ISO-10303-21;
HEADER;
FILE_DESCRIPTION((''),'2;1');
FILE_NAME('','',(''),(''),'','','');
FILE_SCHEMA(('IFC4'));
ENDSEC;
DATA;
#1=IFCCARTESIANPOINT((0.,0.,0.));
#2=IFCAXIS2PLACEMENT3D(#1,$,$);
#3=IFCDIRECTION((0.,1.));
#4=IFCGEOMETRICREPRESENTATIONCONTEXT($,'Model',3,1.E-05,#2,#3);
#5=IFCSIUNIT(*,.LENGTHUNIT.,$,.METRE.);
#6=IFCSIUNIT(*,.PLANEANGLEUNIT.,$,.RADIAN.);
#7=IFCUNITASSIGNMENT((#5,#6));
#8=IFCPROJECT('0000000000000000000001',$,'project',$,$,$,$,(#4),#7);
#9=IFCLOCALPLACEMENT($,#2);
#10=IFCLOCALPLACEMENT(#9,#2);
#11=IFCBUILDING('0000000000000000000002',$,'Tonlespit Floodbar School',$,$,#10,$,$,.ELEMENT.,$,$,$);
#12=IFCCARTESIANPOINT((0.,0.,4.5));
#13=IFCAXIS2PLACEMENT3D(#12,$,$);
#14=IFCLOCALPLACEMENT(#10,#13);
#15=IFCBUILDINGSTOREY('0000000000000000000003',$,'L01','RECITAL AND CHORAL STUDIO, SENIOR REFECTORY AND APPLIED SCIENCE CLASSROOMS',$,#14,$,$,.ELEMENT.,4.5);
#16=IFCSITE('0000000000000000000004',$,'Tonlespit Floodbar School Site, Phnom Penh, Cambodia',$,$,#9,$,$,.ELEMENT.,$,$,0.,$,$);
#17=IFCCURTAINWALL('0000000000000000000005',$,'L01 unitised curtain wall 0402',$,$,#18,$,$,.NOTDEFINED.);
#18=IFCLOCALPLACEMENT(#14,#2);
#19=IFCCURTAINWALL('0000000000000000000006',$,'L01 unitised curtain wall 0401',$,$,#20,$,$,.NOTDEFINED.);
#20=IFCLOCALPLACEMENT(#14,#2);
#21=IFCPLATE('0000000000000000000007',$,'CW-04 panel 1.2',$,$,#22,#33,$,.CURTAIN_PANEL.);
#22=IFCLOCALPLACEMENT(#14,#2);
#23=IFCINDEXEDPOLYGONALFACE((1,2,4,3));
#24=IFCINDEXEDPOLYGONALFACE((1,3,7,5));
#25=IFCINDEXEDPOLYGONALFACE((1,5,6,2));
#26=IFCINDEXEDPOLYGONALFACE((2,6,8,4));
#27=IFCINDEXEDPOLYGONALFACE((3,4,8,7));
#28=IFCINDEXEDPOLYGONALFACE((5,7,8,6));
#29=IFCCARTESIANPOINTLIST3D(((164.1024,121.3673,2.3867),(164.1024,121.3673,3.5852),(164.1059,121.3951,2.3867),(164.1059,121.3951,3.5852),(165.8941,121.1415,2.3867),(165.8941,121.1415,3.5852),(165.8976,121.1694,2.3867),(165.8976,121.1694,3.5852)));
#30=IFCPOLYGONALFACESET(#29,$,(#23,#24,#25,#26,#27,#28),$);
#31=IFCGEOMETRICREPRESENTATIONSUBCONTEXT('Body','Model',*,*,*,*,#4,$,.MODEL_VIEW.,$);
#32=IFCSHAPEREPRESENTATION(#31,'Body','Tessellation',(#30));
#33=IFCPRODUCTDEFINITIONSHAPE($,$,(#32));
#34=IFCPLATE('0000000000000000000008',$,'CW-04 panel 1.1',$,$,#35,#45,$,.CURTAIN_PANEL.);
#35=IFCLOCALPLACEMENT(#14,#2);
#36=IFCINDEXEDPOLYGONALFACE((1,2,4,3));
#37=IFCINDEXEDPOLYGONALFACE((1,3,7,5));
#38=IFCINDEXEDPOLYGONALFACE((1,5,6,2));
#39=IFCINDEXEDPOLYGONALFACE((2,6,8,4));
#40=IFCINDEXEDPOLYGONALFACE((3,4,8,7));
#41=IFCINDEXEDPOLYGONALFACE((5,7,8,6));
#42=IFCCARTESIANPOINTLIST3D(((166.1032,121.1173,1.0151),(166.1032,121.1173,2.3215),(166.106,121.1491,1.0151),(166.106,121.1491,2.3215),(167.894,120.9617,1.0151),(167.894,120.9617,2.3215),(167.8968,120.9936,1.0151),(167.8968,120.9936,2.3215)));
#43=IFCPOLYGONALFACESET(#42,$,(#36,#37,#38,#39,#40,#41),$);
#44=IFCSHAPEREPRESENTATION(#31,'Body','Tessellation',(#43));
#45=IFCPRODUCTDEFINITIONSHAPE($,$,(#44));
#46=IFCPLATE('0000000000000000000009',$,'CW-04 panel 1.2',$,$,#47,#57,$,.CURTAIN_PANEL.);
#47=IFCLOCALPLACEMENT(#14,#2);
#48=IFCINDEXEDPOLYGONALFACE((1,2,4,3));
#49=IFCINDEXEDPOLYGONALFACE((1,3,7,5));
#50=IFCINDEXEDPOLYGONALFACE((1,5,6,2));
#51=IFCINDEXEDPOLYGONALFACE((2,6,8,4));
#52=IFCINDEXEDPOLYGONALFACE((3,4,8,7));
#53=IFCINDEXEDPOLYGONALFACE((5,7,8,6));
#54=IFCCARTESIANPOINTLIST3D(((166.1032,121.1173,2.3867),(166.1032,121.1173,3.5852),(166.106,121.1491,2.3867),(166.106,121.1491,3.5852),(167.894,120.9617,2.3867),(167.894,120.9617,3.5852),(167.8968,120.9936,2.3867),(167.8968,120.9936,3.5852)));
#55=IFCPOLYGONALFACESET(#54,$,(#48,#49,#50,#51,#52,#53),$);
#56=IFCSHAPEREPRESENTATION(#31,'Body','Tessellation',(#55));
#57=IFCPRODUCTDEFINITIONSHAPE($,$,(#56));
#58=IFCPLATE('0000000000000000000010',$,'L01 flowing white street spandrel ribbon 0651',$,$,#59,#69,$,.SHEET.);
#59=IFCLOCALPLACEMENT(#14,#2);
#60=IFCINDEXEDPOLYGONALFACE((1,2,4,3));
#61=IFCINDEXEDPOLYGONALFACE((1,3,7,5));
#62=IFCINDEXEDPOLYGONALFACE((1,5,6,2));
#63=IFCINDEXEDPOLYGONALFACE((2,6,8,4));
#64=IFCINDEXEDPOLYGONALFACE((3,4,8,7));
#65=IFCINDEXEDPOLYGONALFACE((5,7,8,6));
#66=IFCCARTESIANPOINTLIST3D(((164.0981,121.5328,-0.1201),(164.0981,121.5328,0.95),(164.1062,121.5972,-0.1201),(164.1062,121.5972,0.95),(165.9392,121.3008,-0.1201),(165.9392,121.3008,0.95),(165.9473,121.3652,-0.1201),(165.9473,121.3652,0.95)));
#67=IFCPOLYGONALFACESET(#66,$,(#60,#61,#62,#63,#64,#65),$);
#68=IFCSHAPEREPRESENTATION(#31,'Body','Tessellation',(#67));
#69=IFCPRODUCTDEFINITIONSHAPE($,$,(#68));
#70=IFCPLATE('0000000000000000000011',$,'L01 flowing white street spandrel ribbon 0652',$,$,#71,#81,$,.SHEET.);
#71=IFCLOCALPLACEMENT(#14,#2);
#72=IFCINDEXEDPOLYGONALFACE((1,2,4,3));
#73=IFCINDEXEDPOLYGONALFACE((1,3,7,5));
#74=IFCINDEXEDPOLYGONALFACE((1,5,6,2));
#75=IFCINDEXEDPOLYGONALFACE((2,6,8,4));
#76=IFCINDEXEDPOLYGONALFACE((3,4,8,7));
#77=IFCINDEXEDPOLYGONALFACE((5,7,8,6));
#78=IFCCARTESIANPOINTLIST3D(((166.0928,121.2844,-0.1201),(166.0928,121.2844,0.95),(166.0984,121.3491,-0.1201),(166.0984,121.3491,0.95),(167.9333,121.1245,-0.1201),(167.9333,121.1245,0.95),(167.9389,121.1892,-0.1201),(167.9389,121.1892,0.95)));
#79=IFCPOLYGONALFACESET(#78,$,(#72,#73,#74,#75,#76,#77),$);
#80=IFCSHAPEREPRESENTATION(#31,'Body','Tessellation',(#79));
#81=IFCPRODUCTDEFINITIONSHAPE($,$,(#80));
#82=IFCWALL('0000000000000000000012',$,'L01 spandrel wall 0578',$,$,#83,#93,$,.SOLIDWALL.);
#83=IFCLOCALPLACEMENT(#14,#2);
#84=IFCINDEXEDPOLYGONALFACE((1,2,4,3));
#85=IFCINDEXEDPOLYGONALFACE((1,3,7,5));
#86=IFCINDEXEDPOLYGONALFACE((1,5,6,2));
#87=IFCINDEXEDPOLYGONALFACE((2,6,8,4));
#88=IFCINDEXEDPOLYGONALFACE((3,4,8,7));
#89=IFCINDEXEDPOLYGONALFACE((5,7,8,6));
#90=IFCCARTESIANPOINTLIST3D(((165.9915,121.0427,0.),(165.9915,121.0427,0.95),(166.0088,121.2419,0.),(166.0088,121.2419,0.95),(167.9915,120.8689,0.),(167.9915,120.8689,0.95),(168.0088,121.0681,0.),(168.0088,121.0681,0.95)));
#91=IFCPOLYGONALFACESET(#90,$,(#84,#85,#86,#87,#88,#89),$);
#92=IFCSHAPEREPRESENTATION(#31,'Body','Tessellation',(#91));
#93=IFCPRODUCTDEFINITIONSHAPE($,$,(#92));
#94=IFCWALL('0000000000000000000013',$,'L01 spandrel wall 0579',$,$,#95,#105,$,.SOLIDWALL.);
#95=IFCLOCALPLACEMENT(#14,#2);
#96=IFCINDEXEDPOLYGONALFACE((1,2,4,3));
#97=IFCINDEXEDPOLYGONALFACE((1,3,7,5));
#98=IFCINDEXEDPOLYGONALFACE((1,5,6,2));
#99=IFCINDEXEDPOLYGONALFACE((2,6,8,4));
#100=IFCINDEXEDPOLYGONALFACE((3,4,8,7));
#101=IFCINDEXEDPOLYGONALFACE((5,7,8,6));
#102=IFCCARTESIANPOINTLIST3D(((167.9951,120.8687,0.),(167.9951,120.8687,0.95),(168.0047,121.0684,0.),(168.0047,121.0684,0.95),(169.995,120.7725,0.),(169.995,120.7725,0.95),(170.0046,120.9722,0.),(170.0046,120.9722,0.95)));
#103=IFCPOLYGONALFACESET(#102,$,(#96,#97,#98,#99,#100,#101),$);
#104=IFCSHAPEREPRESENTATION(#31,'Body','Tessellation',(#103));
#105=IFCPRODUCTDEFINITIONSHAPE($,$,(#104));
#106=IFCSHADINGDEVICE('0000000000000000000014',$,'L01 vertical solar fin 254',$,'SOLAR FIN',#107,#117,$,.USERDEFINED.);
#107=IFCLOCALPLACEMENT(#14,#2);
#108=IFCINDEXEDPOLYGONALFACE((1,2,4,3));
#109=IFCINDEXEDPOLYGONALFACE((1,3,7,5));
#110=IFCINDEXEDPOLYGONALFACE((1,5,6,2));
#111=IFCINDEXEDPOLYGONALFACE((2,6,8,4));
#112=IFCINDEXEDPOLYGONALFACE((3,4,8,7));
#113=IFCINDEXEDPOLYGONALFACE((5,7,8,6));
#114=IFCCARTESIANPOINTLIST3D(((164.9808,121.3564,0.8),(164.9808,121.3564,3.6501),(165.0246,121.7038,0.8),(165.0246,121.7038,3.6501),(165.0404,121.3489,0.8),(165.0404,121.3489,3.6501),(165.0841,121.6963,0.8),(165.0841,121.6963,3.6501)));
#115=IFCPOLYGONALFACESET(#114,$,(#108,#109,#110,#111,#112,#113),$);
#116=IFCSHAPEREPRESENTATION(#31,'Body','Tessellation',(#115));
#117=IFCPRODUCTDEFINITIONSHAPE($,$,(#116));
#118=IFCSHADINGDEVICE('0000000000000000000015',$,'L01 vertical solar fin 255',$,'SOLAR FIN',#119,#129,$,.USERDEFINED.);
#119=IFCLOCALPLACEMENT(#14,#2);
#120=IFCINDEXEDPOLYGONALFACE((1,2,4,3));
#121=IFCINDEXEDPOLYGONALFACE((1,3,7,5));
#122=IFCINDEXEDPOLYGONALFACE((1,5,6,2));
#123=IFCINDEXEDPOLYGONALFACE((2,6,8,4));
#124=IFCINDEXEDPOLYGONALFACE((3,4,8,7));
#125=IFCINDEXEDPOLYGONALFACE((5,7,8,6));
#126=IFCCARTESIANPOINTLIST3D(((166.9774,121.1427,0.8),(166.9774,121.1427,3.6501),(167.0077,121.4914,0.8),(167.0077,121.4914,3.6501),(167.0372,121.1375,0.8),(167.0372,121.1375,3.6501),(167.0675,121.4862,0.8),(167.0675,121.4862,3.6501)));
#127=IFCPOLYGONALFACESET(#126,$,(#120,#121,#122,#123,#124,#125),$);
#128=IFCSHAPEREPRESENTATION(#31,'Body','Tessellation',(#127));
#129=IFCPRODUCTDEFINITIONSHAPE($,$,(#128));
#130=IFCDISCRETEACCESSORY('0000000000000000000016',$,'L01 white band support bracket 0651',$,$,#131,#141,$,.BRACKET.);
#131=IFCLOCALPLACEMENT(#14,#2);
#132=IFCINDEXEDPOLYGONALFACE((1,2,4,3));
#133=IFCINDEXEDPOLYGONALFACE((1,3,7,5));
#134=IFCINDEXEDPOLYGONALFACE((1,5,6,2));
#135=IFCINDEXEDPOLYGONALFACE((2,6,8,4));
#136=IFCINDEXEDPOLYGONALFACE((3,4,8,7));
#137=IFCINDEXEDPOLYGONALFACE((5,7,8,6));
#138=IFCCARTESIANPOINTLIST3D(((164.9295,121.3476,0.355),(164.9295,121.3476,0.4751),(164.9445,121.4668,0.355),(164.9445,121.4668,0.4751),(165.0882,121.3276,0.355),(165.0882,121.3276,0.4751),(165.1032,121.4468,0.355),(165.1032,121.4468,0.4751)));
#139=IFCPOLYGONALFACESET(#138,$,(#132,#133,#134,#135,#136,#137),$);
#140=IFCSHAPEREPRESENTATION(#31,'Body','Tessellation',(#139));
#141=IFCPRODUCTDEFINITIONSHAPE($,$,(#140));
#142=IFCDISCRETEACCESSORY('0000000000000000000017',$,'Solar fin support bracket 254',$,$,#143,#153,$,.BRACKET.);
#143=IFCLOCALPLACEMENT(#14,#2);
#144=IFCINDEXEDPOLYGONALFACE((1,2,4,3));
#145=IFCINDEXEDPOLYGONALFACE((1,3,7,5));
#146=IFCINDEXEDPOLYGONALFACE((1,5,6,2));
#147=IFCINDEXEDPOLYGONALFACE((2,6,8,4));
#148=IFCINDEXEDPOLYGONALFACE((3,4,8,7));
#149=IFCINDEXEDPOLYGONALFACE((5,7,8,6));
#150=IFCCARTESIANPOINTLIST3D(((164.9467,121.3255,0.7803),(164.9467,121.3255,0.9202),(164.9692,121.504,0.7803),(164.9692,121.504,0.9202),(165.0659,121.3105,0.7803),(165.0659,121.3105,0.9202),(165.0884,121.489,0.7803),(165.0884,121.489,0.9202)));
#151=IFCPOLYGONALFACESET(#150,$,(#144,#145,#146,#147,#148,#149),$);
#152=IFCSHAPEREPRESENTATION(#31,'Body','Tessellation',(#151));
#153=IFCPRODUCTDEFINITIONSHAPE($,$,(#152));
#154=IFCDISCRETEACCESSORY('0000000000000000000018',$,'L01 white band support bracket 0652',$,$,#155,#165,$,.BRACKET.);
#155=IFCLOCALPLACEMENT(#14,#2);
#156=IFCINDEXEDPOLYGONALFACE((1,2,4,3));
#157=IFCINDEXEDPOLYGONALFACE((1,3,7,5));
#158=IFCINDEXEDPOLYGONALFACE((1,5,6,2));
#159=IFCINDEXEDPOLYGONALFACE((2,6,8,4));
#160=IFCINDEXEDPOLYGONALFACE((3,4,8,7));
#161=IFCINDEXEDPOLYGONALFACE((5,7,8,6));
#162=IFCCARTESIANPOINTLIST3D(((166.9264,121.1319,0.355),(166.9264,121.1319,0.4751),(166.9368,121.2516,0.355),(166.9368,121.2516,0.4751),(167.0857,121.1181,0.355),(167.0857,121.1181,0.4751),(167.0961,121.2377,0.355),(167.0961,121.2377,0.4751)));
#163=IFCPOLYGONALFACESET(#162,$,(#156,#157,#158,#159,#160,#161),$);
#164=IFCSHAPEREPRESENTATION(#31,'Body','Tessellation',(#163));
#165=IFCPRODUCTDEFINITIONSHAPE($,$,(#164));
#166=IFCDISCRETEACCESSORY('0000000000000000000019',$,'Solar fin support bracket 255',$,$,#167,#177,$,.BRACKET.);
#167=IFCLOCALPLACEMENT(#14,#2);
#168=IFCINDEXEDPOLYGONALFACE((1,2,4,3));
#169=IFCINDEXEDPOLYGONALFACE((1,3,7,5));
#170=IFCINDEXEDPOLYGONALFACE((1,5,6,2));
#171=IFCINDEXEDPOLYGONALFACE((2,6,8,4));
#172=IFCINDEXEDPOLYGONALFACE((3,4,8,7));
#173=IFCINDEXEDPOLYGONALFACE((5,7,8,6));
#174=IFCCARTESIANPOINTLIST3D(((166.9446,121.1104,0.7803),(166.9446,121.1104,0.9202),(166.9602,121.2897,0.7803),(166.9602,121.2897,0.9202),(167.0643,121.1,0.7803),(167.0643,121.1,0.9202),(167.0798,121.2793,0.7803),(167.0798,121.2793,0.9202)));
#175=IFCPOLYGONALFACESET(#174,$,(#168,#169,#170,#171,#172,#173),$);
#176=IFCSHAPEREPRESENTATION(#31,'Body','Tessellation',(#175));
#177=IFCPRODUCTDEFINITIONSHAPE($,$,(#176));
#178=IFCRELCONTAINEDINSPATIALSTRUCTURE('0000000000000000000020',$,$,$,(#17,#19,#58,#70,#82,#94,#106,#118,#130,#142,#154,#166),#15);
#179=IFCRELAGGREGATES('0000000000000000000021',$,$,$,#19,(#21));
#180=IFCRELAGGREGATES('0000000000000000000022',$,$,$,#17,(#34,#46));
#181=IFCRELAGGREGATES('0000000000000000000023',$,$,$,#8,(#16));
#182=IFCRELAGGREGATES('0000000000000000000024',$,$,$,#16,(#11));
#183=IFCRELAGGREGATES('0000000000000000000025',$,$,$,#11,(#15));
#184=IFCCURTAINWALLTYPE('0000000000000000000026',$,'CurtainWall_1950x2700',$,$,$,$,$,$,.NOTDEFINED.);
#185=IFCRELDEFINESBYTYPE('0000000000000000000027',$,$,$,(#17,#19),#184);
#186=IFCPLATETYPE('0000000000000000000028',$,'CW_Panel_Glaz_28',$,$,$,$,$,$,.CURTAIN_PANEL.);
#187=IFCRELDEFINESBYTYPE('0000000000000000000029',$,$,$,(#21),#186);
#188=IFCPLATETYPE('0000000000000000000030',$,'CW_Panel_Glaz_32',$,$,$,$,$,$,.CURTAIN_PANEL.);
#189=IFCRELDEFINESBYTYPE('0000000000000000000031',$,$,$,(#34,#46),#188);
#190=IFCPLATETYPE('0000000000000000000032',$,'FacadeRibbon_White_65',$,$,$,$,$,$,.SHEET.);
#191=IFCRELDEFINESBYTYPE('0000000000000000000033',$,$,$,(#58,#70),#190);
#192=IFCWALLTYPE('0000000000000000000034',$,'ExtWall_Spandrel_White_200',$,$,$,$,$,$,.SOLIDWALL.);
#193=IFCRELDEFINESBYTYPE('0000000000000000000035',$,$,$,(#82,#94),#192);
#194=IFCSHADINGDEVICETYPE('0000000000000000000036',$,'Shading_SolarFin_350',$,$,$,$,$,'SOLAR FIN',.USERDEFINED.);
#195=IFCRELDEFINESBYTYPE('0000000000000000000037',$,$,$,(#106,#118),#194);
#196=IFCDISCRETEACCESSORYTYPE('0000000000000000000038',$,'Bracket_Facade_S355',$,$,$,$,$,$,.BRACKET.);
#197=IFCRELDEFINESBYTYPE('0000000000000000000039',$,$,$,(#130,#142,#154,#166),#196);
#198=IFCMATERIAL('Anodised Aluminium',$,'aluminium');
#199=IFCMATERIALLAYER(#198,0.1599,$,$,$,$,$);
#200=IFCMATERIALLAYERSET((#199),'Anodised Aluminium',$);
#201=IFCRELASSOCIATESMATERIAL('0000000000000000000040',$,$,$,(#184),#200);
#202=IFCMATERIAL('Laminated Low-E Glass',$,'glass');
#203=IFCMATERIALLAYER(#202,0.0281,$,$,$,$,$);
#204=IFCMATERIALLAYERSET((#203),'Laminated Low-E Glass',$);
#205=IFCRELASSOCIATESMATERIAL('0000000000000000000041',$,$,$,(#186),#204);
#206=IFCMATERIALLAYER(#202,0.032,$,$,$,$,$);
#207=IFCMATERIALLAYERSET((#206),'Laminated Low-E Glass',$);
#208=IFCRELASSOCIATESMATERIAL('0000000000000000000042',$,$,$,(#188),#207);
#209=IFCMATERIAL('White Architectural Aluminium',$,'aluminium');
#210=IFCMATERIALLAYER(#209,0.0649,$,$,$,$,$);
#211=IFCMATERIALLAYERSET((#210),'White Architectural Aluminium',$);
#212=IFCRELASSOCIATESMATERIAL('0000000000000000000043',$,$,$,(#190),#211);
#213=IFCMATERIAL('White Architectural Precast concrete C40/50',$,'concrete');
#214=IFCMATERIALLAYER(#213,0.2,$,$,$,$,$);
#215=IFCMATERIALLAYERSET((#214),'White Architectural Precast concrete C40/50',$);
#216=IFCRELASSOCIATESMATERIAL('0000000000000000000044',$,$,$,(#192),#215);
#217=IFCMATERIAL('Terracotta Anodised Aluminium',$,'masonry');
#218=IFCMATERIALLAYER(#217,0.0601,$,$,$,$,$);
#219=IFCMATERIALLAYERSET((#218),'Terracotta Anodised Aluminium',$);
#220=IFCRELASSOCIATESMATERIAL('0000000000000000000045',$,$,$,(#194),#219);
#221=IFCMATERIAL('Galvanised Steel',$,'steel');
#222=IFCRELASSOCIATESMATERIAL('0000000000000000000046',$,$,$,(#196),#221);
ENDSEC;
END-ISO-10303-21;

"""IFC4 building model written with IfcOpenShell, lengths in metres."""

from ifc_helpers import new_model, si_unit, direction, frame, frame_2d, origin, origin_2d, place, context, subcontext, project, spatial, rectangle, extrude, material, layer, layer_set, type_object, element, aggregate, save


model = new_model("IFC4")

# Units and contexts
model_context = context("Model", 3, precision=1e-05, world=origin(), true_north=direction((0.0, 1.0)))
body_context = subcontext(model_context, "Body", "Model", "MODEL_VIEW")
ifc_project = project(units=[si_unit("LENGTHUNIT", "METRE"), si_unit("PLANEANGLEUNIT", "RADIAN")], contexts=[model_context])

# Site, building, storey
site_placement = place(None, origin())
site = spatial("IfcSite", under=ifc_project, at=site_placement, Name="Tonlespit Floodbar School Site, Phnom Penh, Cambodia", CompositionType="ELEMENT", RefElevation=0.0)
building_placement = place(site_placement, origin())
building = spatial("IfcBuilding", under=site, at=building_placement, Name="Tonlespit Floodbar School", CompositionType="ELEMENT")
storey_placement = place(building_placement, frame((0.0, 0.0, 4.5)))
storey = spatial("IfcBuildingStorey", under=building, at=storey_placement, Name="L01", Description="RECITAL AND CHORAL STUDIO, SENIOR REFECTORY AND APPLIED SCIENCE CLASSROOMS", CompositionType="ELEMENT", Elevation=4.5)

# Curtain walls
ifc_material_1 = material(Name="Anodised Aluminium", Category="aluminium")
ifc_layer_1 = layer(ifc_material_1, 0.1599)
ifc_layer_set_1 = layer_set([ifc_layer_1], Name="Anodised Aluminium")
curtain_wall_type_1 = type_object("IfcCurtainWallType", Name="CurtainWall_1950x2700", PredefinedType="NOTDEFINED", material=ifc_layer_set_1)
curtain_wall_1_placement = place(storey_placement, origin())
curtain_wall_1 = element("IfcCurtainWall", 1, at=curtain_wall_1_placement, inside=storey, type_object=curtain_wall_type_1, Name="L01 unitised curtain wall 0402", PredefinedType="NOTDEFINED")
curtain_wall_2_placement = place(storey_placement, origin())
curtain_wall_2 = element("IfcCurtainWall", 2, at=curtain_wall_2_placement, inside=storey, type_object=curtain_wall_type_1, Name="L01 unitised curtain wall 0401", PredefinedType="NOTDEFINED")

# Plates
ifc_material_2 = material(Name="Laminated Low-E Glass", Category="glass")
ifc_layer_2 = layer(ifc_material_2, 0.0281)
ifc_layer_set_2 = layer_set([ifc_layer_2], Name="Laminated Low-E Glass")
plate_type_1 = type_object("IfcPlateType", Name="CW_Panel_Glaz_28", PredefinedType="CURTAIN_PANEL", material=ifc_layer_set_2)
plate_1_placement = place(storey_placement, frame((165.0, 121.2683, 2.3867), z_axis=(0.0, 0.0, 1.0), x_axis=(0.992155, -0.125014, 0.0)))
plate_1 = element("IfcPlate", 3, at=plate_1_placement, type_object=plate_type_1, Name="CW-04 panel 1.2", PredefinedType="CURTAIN_PANEL", context=body_context, shape_type="SweptSolid", body=[
    extrude(rectangle(XDim=1.8059, YDim=0.0281, at=origin_2d()), origin(), (0.0, 0.0, 1.0), 1.1985),
])
aggregate(curtain_wall_2, [plate_1])
ifc_layer_3 = layer(ifc_material_2, 0.032)
ifc_layer_set_3 = layer_set([ifc_layer_3], Name="Laminated Low-E Glass")
plate_type_2 = type_object("IfcPlateType", Name="CW_Panel_Glaz_32", PredefinedType="CURTAIN_PANEL", material=ifc_layer_set_3)
plate_2_placement = place(storey_placement, frame((167.0, 121.0554, 1.0151), z_axis=(0.0, 0.0, 1.0), x_axis=(0.996249, -0.086531, 0.0)))
plate_2 = element("IfcPlate", 4, at=plate_2_placement, type_object=plate_type_2, Name="CW-04 panel 1.1", PredefinedType="CURTAIN_PANEL", context=body_context, shape_type="SweptSolid", body=[
    extrude(rectangle(XDim=1.7976, YDim=0.032, at=origin_2d()), origin(), (0.0, 0.0, 1.0), 1.3064),
])
plate_3_placement = place(storey_placement, frame((167.0, 121.0554, 2.3867), z_axis=(0.0, 0.0, 1.0), x_axis=(0.996249, -0.086531, 0.0)))
plate_3 = element("IfcPlate", 5, at=plate_3_placement, type_object=plate_type_2, Name="CW-04 panel 1.2", PredefinedType="CURTAIN_PANEL", context=body_context, shape_type="SweptSolid", body=[
    extrude(rectangle(XDim=1.7976, YDim=0.032, at=origin_2d()), origin(), (0.0, 0.0, 1.0), 1.1985),
])
aggregate(curtain_wall_1, [plate_2, plate_3])

# Plates
ifc_material_3 = material(Name="White Architectural Aluminium", Category="aluminium")
ifc_layer_4 = layer(ifc_material_3, 0.0649)
ifc_layer_set_4 = layer_set([ifc_layer_4], Name="White Architectural Aluminium")
plate_type_3 = type_object("IfcPlateType", Name="FacadeRibbon_White_65", PredefinedType="SHEET", material=ifc_layer_set_4)
plate_4_placement = place(storey_placement, frame((165.0227, 121.449, -0.1201), z_axis=(0.0, 0.0, 1.0), x_axis=(0.992155, -0.125011, 0.0)))
element("IfcPlate", 6, at=plate_4_placement, inside=storey, type_object=plate_type_3, Name="L01 flowing white street spandrel ribbon 0651", PredefinedType="SHEET", context=body_context, shape_type="SweptSolid", body=[
    extrude(rectangle(XDim=1.8557, YDim=0.0649, at=origin_2d()), origin(), (0.0, 0.0, 1.0), 1.0701),
])
plate_5_placement = place(storey_placement, frame((167.0159, 121.2368, -0.1201), z_axis=(0.0, 0.0, 1.0), x_axis=(0.996245, -0.086573, 0.0)))
element("IfcPlate", 7, at=plate_5_placement, inside=storey, type_object=plate_type_3, Name="L01 flowing white street spandrel ribbon 0652", PredefinedType="SHEET", context=body_context, shape_type="SweptSolid", body=[
    extrude(rectangle(XDim=1.8474, YDim=0.0649, at=origin_2d()), origin(), (0.0, 0.0, 1.0), 1.0701),
])

# Walls
ifc_material_4 = material(Name="White Architectural Precast concrete C40/50", Category="concrete")
ifc_layer_5 = layer(ifc_material_4, 0.2)
ifc_layer_set_5 = layer_set([ifc_layer_5], Name="White Architectural Precast concrete C40/50")
wall_type = type_object("IfcWallType", Name="ExtWall_Spandrel_White_200", PredefinedType="SOLIDWALL", material=ifc_layer_set_5)
wall_1_placement = place(storey_placement, frame((166.0, 121.1423, 0.0), z_axis=(0.0, 0.0, 1.0), x_axis=(0.996244, -0.086588, 0.0)))
element("IfcWall", 8, at=wall_1_placement, inside=storey, type_object=wall_type, Name="L01 spandrel wall 0578", PredefinedType="SOLIDWALL", context=body_context, shape_type="SweptSolid", body=[
    extrude(rectangle(XDim=2.0076, YDim=0.2, at=frame_2d((1.0039, 0.0))), origin(), (0.0, 0.0, 1.0), 0.95),
])
wall_2_placement = place(storey_placement, frame((168.0, 120.9685, 0.0), z_axis=(0.0, 0.0, 1.0), x_axis=(0.998845, -0.04804, 0.0)))
element("IfcWall", 9, at=wall_2_placement, inside=storey, type_object=wall_type, Name="L01 spandrel wall 0579", PredefinedType="SOLIDWALL", context=body_context, shape_type="SweptSolid", body=[
    extrude(rectangle(XDim=2.0022, YDim=0.2, at=frame_2d((1.001, 0.0))), origin(), (0.0, 0.0, 1.0), 0.95),
])

# Shading devices
ifc_material_5 = material(Name="Terracotta Anodised Aluminium", Category="masonry")
ifc_layer_6 = layer(ifc_material_5, 0.0601)
ifc_layer_set_6 = layer_set([ifc_layer_6], Name="Terracotta Anodised Aluminium")
shading_device_type = type_object("IfcShadingDeviceType", Name="Shading_SolarFin_350", ElementType="SOLAR FIN", PredefinedType="USERDEFINED", material=ifc_layer_set_6)
for number, where, z_axis, x_axis, name in (
    (10, (165.0325, 121.5264, 0.8), (0.0, 0.0, 1.0), (0.992155, -0.125011, 0.0), "L01 vertical solar fin 254"),
    (11, (167.0225, 121.3145, 0.8), (0.0, 0.0, 1.0), (0.996245, -0.086573, 0.0), "L01 vertical solar fin 255"),
):
    element("IfcShadingDevice", number, at=place(storey_placement, frame(where, z_axis=z_axis, x_axis=x_axis)), inside=storey, type_object=shading_device_type, Name=name, ObjectType="SOLAR FIN", PredefinedType="USERDEFINED", context=body_context, shape_type="SweptSolid", body=[
        extrude(rectangle(XDim=0.0601, YDim=0.3501, at=origin_2d()), origin(), (0.0, 0.0, 1.0), 2.8501),
    ])

# Discrete accessories
ifc_material_6 = material(Name="Galvanised Steel", Category="steel")
discrete_accessory_type = type_object("IfcDiscreteAccessoryType", Name="Bracket_Facade_S355", PredefinedType="BRACKET", material=ifc_material_6)
discrete_accessory_1_placement = place(storey_placement, frame((165.0164, 121.3972, 0.355), z_axis=(0.0, 0.0, 1.0), x_axis=(0.992155, -0.125011, 0.0)))
element("IfcDiscreteAccessory", 12, at=discrete_accessory_1_placement, inside=storey, type_object=discrete_accessory_type, Name="L01 white band support bracket 0651", PredefinedType="BRACKET", context=body_context, shape_type="SweptSolid", body=[
    extrude(rectangle(XDim=0.1599, YDim=0.1201, at=origin_2d()), origin(), (0.0, 0.0, 1.0), 0.1201),
])
discrete_accessory_2_placement = place(storey_placement, frame((165.0176, 121.4072, 0.7803), z_axis=(0.0, 0.0, 1.0), x_axis=(0.992155, -0.125011, 0.0)))
element("IfcDiscreteAccessory", 13, at=discrete_accessory_2_placement, inside=storey, type_object=discrete_accessory_type, Name="Solar fin support bracket 254", PredefinedType="BRACKET", context=body_context, shape_type="SweptSolid", body=[
    extrude(rectangle(XDim=0.1201, YDim=0.1799, at=origin_2d()), origin(), (0.0, 0.0, 1.0), 0.1399),
])
discrete_accessory_3_placement = place(storey_placement, frame((167.0112, 121.1848, 0.355), z_axis=(0.0, 0.0, 1.0), x_axis=(0.996245, -0.086573, 0.0)))
element("IfcDiscreteAccessory", 14, at=discrete_accessory_3_placement, inside=storey, type_object=discrete_accessory_type, Name="L01 white band support bracket 0652", PredefinedType="BRACKET", context=body_context, shape_type="SweptSolid", body=[
    extrude(rectangle(XDim=0.1599, YDim=0.1201, at=origin_2d()), origin(), (0.0, 0.0, 1.0), 0.1201),
])
discrete_accessory_4_placement = place(storey_placement, frame((167.0122, 121.1948, 0.7803), z_axis=(0.0, 0.0, 1.0), x_axis=(0.996245, -0.086573, 0.0)))
element("IfcDiscreteAccessory", 15, at=discrete_accessory_4_placement, inside=storey, type_object=discrete_accessory_type, Name="Solar fin support bracket 255", PredefinedType="BRACKET", context=body_context, shape_type="SweptSolid", body=[
    extrude(rectangle(XDim=0.1201, YDim=0.1799, at=origin_2d()), origin(), (0.0, 0.0, 1.0), 0.1399),
])

save(model, "model.ifc")
